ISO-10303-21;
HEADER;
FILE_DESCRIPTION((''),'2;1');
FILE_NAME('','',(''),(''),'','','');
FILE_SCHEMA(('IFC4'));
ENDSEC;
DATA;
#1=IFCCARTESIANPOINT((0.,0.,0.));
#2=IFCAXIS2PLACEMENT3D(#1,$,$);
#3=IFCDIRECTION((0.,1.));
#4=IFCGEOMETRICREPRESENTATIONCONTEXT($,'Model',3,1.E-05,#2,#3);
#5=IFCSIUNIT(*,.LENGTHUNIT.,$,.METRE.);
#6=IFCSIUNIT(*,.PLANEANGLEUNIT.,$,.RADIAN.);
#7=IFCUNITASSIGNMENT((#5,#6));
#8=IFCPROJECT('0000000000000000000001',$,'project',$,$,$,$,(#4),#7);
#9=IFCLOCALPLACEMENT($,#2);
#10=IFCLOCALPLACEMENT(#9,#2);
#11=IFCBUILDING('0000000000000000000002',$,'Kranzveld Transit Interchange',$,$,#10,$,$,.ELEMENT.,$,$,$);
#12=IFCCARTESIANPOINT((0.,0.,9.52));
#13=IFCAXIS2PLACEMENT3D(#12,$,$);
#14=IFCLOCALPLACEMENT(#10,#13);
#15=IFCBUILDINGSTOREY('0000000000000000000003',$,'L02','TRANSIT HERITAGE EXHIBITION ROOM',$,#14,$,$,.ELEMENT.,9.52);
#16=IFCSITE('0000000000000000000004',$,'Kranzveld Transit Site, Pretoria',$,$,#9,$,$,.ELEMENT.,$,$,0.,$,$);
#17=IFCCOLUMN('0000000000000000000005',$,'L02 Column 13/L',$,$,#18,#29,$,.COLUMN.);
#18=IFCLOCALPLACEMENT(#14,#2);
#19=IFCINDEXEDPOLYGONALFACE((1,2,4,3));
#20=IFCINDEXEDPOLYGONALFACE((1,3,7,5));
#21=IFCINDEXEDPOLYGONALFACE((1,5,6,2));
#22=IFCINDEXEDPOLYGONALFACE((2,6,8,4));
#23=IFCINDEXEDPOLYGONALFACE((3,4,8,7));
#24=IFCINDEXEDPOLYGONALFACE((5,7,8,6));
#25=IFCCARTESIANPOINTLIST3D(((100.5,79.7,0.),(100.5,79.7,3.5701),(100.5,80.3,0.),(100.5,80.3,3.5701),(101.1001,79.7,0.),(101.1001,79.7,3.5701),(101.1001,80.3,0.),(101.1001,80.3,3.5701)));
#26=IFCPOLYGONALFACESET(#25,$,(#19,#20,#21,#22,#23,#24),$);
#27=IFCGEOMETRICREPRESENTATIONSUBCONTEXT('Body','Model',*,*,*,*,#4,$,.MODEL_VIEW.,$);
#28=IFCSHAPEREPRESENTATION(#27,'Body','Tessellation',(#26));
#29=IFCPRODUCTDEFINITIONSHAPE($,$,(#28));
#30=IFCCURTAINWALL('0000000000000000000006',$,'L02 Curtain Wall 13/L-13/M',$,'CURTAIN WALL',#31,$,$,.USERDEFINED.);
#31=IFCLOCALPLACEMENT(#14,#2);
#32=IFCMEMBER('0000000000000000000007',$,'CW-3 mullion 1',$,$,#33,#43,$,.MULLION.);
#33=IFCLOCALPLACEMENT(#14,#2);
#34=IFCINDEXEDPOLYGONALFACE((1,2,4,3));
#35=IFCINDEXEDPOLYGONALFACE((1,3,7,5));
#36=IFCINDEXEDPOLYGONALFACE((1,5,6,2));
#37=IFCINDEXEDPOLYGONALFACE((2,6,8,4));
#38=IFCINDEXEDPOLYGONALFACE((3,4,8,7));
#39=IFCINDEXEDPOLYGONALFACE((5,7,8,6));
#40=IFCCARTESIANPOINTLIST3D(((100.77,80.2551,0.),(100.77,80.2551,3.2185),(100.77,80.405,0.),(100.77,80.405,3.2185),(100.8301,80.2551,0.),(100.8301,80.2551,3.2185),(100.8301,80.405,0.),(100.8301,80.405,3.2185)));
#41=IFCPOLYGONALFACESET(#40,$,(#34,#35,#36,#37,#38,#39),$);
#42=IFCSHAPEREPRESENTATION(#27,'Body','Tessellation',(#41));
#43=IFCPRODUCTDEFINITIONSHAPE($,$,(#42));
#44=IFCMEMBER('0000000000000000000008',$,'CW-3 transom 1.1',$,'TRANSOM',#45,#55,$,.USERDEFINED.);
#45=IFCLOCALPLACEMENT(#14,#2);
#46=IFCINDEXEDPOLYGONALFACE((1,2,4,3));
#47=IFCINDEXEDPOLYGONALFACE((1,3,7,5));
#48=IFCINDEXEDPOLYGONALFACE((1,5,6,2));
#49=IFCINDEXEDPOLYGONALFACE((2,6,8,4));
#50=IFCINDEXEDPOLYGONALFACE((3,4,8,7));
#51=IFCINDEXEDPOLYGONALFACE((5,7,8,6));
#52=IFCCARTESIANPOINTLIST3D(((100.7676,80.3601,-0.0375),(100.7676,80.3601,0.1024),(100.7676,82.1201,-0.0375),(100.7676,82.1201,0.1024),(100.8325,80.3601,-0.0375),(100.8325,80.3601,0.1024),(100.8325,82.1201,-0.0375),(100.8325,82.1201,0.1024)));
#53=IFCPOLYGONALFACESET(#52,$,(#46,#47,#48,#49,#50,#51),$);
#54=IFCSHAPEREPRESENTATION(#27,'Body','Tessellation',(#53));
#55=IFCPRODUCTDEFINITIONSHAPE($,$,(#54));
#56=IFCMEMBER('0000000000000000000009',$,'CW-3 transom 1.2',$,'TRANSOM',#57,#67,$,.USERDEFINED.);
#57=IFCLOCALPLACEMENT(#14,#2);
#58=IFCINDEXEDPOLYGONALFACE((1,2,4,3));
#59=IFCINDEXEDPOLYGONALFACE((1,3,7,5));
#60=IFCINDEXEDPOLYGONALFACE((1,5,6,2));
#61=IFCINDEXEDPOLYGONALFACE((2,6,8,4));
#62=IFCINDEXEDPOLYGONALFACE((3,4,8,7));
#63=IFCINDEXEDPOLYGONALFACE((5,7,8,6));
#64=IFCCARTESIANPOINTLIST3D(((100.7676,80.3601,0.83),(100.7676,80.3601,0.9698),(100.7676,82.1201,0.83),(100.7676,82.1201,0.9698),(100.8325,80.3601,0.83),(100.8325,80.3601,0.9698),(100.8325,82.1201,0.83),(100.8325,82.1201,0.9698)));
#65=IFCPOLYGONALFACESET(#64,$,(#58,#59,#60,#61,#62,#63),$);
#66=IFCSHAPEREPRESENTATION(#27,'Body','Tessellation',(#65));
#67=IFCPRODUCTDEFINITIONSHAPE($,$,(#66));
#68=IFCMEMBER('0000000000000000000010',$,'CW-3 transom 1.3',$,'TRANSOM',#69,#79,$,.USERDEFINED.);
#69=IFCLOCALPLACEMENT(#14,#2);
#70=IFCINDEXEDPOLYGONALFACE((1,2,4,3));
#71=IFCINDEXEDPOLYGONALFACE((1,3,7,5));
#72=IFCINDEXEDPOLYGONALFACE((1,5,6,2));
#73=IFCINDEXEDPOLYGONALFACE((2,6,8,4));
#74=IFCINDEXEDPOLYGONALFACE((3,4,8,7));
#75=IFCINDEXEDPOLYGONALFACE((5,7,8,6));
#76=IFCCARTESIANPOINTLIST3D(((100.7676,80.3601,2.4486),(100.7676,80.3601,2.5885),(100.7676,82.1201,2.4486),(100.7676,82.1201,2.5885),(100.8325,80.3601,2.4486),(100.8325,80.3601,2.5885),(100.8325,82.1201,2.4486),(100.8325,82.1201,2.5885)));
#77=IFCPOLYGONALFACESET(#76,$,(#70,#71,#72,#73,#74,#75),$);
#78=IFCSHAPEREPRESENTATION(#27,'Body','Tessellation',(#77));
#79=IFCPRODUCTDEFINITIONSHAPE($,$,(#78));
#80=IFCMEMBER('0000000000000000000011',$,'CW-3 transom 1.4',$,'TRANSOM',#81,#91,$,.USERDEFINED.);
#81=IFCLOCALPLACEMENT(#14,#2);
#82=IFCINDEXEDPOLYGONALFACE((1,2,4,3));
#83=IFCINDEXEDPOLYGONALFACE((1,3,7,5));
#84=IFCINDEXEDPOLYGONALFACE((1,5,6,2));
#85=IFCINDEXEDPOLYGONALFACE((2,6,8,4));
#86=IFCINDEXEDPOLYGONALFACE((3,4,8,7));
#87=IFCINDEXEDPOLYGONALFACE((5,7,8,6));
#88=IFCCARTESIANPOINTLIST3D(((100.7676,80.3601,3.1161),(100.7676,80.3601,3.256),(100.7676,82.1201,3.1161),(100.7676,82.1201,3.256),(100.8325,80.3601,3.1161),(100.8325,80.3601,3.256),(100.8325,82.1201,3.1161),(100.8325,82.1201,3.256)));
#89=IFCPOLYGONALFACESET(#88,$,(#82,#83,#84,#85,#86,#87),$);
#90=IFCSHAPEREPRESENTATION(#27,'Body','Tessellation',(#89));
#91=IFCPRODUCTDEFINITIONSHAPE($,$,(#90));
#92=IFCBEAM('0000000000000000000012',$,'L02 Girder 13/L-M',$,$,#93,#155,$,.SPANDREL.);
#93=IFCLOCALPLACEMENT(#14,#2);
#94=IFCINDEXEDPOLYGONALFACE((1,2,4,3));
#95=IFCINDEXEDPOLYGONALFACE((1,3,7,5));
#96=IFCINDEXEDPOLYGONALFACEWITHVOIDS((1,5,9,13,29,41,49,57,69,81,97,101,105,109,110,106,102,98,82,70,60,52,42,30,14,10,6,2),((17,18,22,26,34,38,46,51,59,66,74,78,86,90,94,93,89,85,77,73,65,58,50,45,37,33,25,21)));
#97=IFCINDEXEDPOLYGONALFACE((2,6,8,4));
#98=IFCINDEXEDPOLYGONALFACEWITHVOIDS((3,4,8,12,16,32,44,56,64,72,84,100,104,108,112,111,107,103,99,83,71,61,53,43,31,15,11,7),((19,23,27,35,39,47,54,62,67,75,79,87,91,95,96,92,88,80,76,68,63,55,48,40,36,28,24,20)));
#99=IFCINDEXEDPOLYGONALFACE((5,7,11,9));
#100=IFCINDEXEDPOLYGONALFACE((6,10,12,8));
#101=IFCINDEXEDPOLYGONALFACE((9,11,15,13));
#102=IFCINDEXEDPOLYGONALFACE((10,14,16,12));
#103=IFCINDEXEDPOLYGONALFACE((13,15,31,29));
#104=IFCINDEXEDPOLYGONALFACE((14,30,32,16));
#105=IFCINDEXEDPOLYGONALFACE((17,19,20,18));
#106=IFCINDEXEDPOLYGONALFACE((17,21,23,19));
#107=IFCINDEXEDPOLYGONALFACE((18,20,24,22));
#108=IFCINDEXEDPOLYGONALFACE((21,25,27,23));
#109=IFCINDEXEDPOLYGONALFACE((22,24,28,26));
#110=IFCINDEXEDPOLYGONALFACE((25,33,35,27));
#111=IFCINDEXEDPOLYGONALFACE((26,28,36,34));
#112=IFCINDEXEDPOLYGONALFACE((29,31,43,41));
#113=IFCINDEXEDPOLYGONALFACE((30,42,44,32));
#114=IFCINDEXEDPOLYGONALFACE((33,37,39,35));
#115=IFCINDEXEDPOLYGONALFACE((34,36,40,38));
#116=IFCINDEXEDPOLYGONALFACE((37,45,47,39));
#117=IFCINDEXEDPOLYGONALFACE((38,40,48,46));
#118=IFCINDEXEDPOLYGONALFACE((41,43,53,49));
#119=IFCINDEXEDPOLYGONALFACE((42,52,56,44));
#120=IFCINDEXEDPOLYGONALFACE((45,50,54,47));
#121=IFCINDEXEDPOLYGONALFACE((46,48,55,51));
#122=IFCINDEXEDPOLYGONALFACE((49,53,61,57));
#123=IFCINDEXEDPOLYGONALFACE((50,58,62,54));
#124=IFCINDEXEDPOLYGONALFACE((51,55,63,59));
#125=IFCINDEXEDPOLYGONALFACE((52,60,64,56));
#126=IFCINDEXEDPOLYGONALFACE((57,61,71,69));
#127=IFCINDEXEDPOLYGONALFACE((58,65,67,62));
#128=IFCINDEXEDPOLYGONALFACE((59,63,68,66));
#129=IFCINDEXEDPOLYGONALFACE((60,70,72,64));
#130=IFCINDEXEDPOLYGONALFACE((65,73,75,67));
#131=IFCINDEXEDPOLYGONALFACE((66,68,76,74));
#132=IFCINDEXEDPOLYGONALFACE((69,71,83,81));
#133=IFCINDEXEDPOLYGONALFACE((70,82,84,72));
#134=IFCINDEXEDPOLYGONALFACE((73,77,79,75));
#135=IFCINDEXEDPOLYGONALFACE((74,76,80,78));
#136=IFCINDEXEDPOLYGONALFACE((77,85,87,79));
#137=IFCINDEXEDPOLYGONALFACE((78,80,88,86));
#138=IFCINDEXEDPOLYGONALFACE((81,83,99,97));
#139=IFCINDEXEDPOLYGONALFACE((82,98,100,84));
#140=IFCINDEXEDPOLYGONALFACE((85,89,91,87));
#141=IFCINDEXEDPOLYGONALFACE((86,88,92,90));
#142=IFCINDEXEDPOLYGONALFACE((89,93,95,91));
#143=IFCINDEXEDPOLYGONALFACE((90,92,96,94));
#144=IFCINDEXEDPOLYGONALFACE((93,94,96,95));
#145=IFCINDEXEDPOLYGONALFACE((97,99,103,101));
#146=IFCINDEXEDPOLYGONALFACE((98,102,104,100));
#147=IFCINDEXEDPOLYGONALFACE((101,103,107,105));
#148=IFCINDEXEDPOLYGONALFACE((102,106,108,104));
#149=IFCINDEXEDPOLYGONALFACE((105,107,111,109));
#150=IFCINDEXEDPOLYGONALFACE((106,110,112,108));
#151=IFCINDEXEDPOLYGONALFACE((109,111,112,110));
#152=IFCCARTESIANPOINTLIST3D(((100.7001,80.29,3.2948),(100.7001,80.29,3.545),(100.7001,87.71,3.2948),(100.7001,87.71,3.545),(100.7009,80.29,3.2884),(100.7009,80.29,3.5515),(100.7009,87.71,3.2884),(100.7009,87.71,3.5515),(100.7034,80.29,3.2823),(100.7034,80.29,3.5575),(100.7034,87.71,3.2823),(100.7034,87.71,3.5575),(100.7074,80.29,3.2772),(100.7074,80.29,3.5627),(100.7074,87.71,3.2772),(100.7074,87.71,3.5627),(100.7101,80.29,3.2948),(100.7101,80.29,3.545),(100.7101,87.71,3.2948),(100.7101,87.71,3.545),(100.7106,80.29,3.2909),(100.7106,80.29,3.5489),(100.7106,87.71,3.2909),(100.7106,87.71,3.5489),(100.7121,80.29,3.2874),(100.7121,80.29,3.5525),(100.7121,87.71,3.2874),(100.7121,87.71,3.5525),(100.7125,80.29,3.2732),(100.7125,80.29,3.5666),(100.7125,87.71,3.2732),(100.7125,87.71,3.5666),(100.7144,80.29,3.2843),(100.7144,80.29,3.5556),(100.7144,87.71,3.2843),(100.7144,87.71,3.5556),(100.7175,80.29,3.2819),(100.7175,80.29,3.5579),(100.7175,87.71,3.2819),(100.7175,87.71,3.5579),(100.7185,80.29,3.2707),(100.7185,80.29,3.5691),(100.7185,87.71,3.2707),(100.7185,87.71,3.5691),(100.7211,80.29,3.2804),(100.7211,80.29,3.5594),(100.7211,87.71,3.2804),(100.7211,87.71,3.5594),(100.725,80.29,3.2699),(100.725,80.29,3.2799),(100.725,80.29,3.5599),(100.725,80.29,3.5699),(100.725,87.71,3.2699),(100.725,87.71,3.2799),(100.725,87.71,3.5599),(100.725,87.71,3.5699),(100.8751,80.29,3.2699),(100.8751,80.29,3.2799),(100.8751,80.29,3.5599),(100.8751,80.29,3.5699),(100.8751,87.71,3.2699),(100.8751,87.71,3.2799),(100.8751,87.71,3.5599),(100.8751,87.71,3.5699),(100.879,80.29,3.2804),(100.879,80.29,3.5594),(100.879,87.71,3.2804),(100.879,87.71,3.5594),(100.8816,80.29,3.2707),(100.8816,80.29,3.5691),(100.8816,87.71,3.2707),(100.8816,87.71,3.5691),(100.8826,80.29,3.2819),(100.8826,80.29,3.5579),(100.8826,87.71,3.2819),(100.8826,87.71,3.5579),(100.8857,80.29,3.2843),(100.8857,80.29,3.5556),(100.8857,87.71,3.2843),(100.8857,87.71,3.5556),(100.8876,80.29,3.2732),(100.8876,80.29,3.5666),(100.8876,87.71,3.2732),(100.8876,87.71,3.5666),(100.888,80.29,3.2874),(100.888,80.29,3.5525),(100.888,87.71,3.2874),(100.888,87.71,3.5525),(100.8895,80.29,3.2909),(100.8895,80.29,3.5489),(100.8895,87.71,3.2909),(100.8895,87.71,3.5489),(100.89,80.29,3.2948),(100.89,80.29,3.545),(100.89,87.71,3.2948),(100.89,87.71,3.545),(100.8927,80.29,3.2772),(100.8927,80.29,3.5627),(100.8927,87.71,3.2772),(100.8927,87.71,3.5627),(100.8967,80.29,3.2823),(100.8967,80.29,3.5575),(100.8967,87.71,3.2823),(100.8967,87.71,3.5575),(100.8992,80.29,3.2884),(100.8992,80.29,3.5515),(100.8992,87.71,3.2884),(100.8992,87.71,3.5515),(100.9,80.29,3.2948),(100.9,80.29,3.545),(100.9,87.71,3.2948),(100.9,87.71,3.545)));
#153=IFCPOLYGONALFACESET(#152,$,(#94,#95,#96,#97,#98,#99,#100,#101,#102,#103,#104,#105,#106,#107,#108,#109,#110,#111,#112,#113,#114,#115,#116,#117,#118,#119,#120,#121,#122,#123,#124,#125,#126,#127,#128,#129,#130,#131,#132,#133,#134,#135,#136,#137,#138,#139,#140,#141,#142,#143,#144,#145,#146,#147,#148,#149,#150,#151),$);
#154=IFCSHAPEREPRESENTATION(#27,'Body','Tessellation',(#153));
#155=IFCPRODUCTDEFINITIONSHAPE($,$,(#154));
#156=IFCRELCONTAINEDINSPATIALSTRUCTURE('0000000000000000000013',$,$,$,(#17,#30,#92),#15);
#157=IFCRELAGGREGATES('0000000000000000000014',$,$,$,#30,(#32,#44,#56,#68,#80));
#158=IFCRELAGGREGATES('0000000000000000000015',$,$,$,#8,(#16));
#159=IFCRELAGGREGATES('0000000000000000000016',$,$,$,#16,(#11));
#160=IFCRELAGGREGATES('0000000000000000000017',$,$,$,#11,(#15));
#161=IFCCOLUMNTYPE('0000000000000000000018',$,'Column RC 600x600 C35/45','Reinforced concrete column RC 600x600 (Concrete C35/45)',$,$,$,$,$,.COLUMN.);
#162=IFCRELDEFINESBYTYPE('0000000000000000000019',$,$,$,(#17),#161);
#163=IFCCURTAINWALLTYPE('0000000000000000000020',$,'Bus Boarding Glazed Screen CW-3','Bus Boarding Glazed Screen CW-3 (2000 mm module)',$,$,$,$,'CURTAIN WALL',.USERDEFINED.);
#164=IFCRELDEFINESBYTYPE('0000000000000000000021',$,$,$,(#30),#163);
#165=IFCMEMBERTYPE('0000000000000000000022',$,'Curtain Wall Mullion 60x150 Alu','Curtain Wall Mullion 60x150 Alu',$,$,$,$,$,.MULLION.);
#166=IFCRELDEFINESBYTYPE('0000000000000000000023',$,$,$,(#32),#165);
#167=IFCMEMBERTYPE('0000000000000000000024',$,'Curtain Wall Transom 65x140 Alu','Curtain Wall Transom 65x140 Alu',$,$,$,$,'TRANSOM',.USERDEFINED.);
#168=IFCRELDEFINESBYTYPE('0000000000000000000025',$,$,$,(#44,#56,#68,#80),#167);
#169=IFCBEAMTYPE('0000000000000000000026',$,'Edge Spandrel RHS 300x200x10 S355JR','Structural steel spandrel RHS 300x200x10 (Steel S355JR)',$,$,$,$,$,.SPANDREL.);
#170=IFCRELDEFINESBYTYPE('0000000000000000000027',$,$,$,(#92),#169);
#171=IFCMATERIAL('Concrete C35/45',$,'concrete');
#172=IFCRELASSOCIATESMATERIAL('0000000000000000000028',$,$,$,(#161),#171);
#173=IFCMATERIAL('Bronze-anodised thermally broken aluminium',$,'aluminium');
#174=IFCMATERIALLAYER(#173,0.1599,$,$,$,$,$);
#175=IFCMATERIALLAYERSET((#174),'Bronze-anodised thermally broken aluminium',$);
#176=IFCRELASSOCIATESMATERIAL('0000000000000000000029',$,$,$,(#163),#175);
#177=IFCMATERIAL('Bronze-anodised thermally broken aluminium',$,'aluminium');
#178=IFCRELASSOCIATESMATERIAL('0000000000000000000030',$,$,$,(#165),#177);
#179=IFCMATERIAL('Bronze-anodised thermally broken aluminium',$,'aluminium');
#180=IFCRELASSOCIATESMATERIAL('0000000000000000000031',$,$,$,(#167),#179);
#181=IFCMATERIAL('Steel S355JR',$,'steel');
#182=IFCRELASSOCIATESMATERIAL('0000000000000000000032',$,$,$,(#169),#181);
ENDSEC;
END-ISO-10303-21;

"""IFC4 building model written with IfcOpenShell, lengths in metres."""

from ifc_helpers import new_model, si_unit, direction, frame, origin, origin_2d, place, context, subcontext, project, spatial, rectangle, hollow_rectangle, extrude, material, layer, layer_set, material_profile, profile_set, type_object, element, aggregate, save


model = new_model("IFC4")

# Units and contexts
model_context = context("Model", 3, precision=1e-05, world=origin(), true_north=direction((0.0, 1.0)))
body_context = subcontext(model_context, "Body", "Model", "MODEL_VIEW")
ifc_project = project(units=[si_unit("LENGTHUNIT", "METRE"), si_unit("PLANEANGLEUNIT", "RADIAN")], contexts=[model_context])

# Site, building, storey
site_placement = place(None, origin())
site = spatial("IfcSite", under=ifc_project, at=site_placement, Name="Kranzveld Transit Site, Pretoria", CompositionType="ELEMENT", RefElevation=0.0)
building_placement = place(site_placement, origin())
building = spatial("IfcBuilding", under=site, at=building_placement, Name="Kranzveld Transit Interchange", CompositionType="ELEMENT")
storey_placement = place(building_placement, frame((0.0, 0.0, 9.52)))
storey = spatial("IfcBuildingStorey", under=building, at=storey_placement, Name="L02", Description="TRANSIT HERITAGE EXHIBITION ROOM", CompositionType="ELEMENT", Elevation=9.52)

# Column
ifc_material_1 = material(Name="Concrete C35/45", Category="concrete")
ifc_material_profile_1 = material_profile(ifc_material_1, rectangle(XDim=0.6001, YDim=0.6001, at=origin_2d()), Name="RC 600x600")
ifc_profile_set_1 = profile_set([ifc_material_profile_1], Name="Concrete C35/45")
column_type = type_object("IfcColumnType", Name="Column RC 600x600 C35/45", Description="Reinforced concrete column RC 600x600 (Concrete C35/45)", PredefinedType="COLUMN", material=ifc_profile_set_1)
column_placement = place(storey_placement, frame((100.8, 80.0, 0.0), z_axis=(0.0, 0.0, 1.0), x_axis=(1.0, 0.0, 0.0)))
element("IfcColumn", 1, at=column_placement, inside=storey, type_object=column_type, Name="L02 Column 13/L", PredefinedType="COLUMN", context=body_context, shape_type="SweptSolid", body=[
    extrude(rectangle(XDim=0.6001, YDim=0.6001, at=origin_2d()), origin(), (0.0, 0.0, 1.0), 3.5701),
])

# Curtain wall, members
ifc_material_2 = material(Name="Bronze-anodised thermally broken aluminium", Category="aluminium")
ifc_layer_1 = layer(ifc_material_2, 0.1599)
ifc_layer_set_1 = layer_set([ifc_layer_1], Name="Bronze-anodised thermally broken aluminium")
curtain_wall_type = type_object("IfcCurtainWallType", Name="Bus Boarding Glazed Screen CW-3", Description="Bus Boarding Glazed Screen CW-3 (2000 mm module)", ElementType="CURTAIN WALL", PredefinedType="USERDEFINED", material=ifc_layer_set_1)
curtain_wall_placement = place(storey_placement, origin())
curtain_wall = element("IfcCurtainWall", 2, at=curtain_wall_placement, inside=storey, type_object=curtain_wall_type, Name="L02 Curtain Wall 13/L-13/M", ObjectType="CURTAIN WALL", PredefinedType="USERDEFINED")
ifc_material_3 = material(Name="Bronze-anodised thermally broken aluminium", Category="aluminium")
ifc_material_profile_2 = material_profile(ifc_material_3, rectangle(XDim=0.0601, YDim=0.1499, at=origin_2d()), Name="ALU MULLION 60x150")
ifc_profile_set_2 = profile_set([ifc_material_profile_2], Name="Bronze-anodised thermally broken aluminium")
member_type_1 = type_object("IfcMemberType", Name="Curtain Wall Mullion 60x150 Alu", Description="Curtain Wall Mullion 60x150 Alu", PredefinedType="MULLION", material=ifc_profile_set_2)
member_1_placement = place(storey_placement, frame((100.8, 80.3301, 0.0), z_axis=(0.0, 0.0, 1.0), x_axis=(-1.0, 0.0, 0.0)))
member_1 = element("IfcMember", 3, at=member_1_placement, type_object=member_type_1, Name="CW-3 mullion 1", PredefinedType="MULLION", context=body_context, shape_type="SweptSolid", body=[
    extrude(rectangle(XDim=0.0601, YDim=0.1499, at=origin_2d()), origin(), (0.0, 0.0, 1.0), 3.2185),
])
ifc_material_4 = material(Name="Bronze-anodised thermally broken aluminium", Category="aluminium")
ifc_material_profile_3 = material_profile(ifc_material_4, rectangle(XDim=0.0649, YDim=0.1399, at=origin_2d()), Name="ALU TRANSOM 65x140")
ifc_profile_set_3 = profile_set([ifc_material_profile_3], Name="Bronze-anodised thermally broken aluminium")
member_type_2 = type_object("IfcMemberType", Name="Curtain Wall Transom 65x140 Alu", Description="Curtain Wall Transom 65x140 Alu", ElementType="TRANSOM", PredefinedType="USERDEFINED", material=ifc_profile_set_3)
member_2_placement = place(storey_placement, frame((100.8, 80.3601, 0.0325), z_axis=(0.0, 1.0, 0.0), x_axis=(-1.0, 0.0, 0.0)))
member_2 = element("IfcMember", 4, at=member_2_placement, type_object=member_type_2, Name="CW-3 transom 1.1", ObjectType="TRANSOM", PredefinedType="USERDEFINED", context=body_context, shape_type="SweptSolid", body=[
    extrude(rectangle(XDim=0.0649, YDim=0.1399, at=origin_2d()), origin(), (0.0, 0.0, 1.0), 1.76),
])
member_3_placement = place(storey_placement, frame((100.8, 80.3601, 0.8999), z_axis=(0.0, 1.0, 0.0), x_axis=(-1.0, 0.0, 0.0)))
member_3 = element("IfcMember", 5, at=member_3_placement, type_object=member_type_2, Name="CW-3 transom 1.2", ObjectType="TRANSOM", PredefinedType="USERDEFINED", context=body_context, shape_type="SweptSolid", body=[
    extrude(rectangle(XDim=0.0649, YDim=0.1399, at=origin_2d()), origin(), (0.0, 0.0, 1.0), 1.76),
])
member_4_placement = place(storey_placement, frame((100.8, 80.3601, 2.5186), z_axis=(0.0, 1.0, 0.0), x_axis=(-1.0, 0.0, 0.0)))
member_4 = element("IfcMember", 6, at=member_4_placement, type_object=member_type_2, Name="CW-3 transom 1.3", ObjectType="TRANSOM", PredefinedType="USERDEFINED", context=body_context, shape_type="SweptSolid", body=[
    extrude(rectangle(XDim=0.0649, YDim=0.1399, at=origin_2d()), origin(), (0.0, 0.0, 1.0), 1.76),
])
member_5_placement = place(storey_placement, frame((100.8, 80.3601, 3.186), z_axis=(0.0, 1.0, 0.0), x_axis=(-1.0, 0.0, 0.0)))
member_5 = element("IfcMember", 7, at=member_5_placement, type_object=member_type_2, Name="CW-3 transom 1.4", ObjectType="TRANSOM", PredefinedType="USERDEFINED", context=body_context, shape_type="SweptSolid", body=[
    extrude(rectangle(XDim=0.0649, YDim=0.1399, at=origin_2d()), origin(), (0.0, 0.0, 1.0), 1.76),
])

# Beam
ifc_material_5 = material(Name="Steel S355JR", Category="steel")
ifc_material_profile_4 = material_profile(ifc_material_5, hollow_rectangle(XDim=0.2, YDim=0.3, WallThickness=0.01, InnerFilletRadius=0.0149, OuterFilletRadius=0.0249, at=origin_2d()), Name="RHS 300x200x10")
ifc_profile_set_4 = profile_set([ifc_material_profile_4], Name="Steel S355JR")
beam_type_1 = type_object("IfcBeamType", Name="Edge Spandrel RHS 300x200x10 S355JR", Description="Structural steel spandrel RHS 300x200x10 (Steel S355JR)", PredefinedType="SPANDREL", material=ifc_profile_set_4)
beam_1_placement = place(storey_placement, frame((100.8, 80.29, 3.4199), z_axis=(0.0, 1.0, 0.0), x_axis=(-1.0, 0.0, 0.0)))
element("IfcBeam", 8, at=beam_1_placement, inside=storey, type_object=beam_type_1, Name="L02 Girder 13/L-M", PredefinedType="SPANDREL", context=body_context, shape_type="SweptSolid", body=[
    extrude(hollow_rectangle(XDim=0.2, YDim=0.3, WallThickness=0.01, InnerFilletRadius=0.0149, OuterFilletRadius=0.0249, at=origin_2d()), origin(), (0.0, 0.0, 1.0), 7.4199),
])

aggregate(curtain_wall, [member_1, member_2, member_3, member_4, member_5])

save(model, "model.ifc")
